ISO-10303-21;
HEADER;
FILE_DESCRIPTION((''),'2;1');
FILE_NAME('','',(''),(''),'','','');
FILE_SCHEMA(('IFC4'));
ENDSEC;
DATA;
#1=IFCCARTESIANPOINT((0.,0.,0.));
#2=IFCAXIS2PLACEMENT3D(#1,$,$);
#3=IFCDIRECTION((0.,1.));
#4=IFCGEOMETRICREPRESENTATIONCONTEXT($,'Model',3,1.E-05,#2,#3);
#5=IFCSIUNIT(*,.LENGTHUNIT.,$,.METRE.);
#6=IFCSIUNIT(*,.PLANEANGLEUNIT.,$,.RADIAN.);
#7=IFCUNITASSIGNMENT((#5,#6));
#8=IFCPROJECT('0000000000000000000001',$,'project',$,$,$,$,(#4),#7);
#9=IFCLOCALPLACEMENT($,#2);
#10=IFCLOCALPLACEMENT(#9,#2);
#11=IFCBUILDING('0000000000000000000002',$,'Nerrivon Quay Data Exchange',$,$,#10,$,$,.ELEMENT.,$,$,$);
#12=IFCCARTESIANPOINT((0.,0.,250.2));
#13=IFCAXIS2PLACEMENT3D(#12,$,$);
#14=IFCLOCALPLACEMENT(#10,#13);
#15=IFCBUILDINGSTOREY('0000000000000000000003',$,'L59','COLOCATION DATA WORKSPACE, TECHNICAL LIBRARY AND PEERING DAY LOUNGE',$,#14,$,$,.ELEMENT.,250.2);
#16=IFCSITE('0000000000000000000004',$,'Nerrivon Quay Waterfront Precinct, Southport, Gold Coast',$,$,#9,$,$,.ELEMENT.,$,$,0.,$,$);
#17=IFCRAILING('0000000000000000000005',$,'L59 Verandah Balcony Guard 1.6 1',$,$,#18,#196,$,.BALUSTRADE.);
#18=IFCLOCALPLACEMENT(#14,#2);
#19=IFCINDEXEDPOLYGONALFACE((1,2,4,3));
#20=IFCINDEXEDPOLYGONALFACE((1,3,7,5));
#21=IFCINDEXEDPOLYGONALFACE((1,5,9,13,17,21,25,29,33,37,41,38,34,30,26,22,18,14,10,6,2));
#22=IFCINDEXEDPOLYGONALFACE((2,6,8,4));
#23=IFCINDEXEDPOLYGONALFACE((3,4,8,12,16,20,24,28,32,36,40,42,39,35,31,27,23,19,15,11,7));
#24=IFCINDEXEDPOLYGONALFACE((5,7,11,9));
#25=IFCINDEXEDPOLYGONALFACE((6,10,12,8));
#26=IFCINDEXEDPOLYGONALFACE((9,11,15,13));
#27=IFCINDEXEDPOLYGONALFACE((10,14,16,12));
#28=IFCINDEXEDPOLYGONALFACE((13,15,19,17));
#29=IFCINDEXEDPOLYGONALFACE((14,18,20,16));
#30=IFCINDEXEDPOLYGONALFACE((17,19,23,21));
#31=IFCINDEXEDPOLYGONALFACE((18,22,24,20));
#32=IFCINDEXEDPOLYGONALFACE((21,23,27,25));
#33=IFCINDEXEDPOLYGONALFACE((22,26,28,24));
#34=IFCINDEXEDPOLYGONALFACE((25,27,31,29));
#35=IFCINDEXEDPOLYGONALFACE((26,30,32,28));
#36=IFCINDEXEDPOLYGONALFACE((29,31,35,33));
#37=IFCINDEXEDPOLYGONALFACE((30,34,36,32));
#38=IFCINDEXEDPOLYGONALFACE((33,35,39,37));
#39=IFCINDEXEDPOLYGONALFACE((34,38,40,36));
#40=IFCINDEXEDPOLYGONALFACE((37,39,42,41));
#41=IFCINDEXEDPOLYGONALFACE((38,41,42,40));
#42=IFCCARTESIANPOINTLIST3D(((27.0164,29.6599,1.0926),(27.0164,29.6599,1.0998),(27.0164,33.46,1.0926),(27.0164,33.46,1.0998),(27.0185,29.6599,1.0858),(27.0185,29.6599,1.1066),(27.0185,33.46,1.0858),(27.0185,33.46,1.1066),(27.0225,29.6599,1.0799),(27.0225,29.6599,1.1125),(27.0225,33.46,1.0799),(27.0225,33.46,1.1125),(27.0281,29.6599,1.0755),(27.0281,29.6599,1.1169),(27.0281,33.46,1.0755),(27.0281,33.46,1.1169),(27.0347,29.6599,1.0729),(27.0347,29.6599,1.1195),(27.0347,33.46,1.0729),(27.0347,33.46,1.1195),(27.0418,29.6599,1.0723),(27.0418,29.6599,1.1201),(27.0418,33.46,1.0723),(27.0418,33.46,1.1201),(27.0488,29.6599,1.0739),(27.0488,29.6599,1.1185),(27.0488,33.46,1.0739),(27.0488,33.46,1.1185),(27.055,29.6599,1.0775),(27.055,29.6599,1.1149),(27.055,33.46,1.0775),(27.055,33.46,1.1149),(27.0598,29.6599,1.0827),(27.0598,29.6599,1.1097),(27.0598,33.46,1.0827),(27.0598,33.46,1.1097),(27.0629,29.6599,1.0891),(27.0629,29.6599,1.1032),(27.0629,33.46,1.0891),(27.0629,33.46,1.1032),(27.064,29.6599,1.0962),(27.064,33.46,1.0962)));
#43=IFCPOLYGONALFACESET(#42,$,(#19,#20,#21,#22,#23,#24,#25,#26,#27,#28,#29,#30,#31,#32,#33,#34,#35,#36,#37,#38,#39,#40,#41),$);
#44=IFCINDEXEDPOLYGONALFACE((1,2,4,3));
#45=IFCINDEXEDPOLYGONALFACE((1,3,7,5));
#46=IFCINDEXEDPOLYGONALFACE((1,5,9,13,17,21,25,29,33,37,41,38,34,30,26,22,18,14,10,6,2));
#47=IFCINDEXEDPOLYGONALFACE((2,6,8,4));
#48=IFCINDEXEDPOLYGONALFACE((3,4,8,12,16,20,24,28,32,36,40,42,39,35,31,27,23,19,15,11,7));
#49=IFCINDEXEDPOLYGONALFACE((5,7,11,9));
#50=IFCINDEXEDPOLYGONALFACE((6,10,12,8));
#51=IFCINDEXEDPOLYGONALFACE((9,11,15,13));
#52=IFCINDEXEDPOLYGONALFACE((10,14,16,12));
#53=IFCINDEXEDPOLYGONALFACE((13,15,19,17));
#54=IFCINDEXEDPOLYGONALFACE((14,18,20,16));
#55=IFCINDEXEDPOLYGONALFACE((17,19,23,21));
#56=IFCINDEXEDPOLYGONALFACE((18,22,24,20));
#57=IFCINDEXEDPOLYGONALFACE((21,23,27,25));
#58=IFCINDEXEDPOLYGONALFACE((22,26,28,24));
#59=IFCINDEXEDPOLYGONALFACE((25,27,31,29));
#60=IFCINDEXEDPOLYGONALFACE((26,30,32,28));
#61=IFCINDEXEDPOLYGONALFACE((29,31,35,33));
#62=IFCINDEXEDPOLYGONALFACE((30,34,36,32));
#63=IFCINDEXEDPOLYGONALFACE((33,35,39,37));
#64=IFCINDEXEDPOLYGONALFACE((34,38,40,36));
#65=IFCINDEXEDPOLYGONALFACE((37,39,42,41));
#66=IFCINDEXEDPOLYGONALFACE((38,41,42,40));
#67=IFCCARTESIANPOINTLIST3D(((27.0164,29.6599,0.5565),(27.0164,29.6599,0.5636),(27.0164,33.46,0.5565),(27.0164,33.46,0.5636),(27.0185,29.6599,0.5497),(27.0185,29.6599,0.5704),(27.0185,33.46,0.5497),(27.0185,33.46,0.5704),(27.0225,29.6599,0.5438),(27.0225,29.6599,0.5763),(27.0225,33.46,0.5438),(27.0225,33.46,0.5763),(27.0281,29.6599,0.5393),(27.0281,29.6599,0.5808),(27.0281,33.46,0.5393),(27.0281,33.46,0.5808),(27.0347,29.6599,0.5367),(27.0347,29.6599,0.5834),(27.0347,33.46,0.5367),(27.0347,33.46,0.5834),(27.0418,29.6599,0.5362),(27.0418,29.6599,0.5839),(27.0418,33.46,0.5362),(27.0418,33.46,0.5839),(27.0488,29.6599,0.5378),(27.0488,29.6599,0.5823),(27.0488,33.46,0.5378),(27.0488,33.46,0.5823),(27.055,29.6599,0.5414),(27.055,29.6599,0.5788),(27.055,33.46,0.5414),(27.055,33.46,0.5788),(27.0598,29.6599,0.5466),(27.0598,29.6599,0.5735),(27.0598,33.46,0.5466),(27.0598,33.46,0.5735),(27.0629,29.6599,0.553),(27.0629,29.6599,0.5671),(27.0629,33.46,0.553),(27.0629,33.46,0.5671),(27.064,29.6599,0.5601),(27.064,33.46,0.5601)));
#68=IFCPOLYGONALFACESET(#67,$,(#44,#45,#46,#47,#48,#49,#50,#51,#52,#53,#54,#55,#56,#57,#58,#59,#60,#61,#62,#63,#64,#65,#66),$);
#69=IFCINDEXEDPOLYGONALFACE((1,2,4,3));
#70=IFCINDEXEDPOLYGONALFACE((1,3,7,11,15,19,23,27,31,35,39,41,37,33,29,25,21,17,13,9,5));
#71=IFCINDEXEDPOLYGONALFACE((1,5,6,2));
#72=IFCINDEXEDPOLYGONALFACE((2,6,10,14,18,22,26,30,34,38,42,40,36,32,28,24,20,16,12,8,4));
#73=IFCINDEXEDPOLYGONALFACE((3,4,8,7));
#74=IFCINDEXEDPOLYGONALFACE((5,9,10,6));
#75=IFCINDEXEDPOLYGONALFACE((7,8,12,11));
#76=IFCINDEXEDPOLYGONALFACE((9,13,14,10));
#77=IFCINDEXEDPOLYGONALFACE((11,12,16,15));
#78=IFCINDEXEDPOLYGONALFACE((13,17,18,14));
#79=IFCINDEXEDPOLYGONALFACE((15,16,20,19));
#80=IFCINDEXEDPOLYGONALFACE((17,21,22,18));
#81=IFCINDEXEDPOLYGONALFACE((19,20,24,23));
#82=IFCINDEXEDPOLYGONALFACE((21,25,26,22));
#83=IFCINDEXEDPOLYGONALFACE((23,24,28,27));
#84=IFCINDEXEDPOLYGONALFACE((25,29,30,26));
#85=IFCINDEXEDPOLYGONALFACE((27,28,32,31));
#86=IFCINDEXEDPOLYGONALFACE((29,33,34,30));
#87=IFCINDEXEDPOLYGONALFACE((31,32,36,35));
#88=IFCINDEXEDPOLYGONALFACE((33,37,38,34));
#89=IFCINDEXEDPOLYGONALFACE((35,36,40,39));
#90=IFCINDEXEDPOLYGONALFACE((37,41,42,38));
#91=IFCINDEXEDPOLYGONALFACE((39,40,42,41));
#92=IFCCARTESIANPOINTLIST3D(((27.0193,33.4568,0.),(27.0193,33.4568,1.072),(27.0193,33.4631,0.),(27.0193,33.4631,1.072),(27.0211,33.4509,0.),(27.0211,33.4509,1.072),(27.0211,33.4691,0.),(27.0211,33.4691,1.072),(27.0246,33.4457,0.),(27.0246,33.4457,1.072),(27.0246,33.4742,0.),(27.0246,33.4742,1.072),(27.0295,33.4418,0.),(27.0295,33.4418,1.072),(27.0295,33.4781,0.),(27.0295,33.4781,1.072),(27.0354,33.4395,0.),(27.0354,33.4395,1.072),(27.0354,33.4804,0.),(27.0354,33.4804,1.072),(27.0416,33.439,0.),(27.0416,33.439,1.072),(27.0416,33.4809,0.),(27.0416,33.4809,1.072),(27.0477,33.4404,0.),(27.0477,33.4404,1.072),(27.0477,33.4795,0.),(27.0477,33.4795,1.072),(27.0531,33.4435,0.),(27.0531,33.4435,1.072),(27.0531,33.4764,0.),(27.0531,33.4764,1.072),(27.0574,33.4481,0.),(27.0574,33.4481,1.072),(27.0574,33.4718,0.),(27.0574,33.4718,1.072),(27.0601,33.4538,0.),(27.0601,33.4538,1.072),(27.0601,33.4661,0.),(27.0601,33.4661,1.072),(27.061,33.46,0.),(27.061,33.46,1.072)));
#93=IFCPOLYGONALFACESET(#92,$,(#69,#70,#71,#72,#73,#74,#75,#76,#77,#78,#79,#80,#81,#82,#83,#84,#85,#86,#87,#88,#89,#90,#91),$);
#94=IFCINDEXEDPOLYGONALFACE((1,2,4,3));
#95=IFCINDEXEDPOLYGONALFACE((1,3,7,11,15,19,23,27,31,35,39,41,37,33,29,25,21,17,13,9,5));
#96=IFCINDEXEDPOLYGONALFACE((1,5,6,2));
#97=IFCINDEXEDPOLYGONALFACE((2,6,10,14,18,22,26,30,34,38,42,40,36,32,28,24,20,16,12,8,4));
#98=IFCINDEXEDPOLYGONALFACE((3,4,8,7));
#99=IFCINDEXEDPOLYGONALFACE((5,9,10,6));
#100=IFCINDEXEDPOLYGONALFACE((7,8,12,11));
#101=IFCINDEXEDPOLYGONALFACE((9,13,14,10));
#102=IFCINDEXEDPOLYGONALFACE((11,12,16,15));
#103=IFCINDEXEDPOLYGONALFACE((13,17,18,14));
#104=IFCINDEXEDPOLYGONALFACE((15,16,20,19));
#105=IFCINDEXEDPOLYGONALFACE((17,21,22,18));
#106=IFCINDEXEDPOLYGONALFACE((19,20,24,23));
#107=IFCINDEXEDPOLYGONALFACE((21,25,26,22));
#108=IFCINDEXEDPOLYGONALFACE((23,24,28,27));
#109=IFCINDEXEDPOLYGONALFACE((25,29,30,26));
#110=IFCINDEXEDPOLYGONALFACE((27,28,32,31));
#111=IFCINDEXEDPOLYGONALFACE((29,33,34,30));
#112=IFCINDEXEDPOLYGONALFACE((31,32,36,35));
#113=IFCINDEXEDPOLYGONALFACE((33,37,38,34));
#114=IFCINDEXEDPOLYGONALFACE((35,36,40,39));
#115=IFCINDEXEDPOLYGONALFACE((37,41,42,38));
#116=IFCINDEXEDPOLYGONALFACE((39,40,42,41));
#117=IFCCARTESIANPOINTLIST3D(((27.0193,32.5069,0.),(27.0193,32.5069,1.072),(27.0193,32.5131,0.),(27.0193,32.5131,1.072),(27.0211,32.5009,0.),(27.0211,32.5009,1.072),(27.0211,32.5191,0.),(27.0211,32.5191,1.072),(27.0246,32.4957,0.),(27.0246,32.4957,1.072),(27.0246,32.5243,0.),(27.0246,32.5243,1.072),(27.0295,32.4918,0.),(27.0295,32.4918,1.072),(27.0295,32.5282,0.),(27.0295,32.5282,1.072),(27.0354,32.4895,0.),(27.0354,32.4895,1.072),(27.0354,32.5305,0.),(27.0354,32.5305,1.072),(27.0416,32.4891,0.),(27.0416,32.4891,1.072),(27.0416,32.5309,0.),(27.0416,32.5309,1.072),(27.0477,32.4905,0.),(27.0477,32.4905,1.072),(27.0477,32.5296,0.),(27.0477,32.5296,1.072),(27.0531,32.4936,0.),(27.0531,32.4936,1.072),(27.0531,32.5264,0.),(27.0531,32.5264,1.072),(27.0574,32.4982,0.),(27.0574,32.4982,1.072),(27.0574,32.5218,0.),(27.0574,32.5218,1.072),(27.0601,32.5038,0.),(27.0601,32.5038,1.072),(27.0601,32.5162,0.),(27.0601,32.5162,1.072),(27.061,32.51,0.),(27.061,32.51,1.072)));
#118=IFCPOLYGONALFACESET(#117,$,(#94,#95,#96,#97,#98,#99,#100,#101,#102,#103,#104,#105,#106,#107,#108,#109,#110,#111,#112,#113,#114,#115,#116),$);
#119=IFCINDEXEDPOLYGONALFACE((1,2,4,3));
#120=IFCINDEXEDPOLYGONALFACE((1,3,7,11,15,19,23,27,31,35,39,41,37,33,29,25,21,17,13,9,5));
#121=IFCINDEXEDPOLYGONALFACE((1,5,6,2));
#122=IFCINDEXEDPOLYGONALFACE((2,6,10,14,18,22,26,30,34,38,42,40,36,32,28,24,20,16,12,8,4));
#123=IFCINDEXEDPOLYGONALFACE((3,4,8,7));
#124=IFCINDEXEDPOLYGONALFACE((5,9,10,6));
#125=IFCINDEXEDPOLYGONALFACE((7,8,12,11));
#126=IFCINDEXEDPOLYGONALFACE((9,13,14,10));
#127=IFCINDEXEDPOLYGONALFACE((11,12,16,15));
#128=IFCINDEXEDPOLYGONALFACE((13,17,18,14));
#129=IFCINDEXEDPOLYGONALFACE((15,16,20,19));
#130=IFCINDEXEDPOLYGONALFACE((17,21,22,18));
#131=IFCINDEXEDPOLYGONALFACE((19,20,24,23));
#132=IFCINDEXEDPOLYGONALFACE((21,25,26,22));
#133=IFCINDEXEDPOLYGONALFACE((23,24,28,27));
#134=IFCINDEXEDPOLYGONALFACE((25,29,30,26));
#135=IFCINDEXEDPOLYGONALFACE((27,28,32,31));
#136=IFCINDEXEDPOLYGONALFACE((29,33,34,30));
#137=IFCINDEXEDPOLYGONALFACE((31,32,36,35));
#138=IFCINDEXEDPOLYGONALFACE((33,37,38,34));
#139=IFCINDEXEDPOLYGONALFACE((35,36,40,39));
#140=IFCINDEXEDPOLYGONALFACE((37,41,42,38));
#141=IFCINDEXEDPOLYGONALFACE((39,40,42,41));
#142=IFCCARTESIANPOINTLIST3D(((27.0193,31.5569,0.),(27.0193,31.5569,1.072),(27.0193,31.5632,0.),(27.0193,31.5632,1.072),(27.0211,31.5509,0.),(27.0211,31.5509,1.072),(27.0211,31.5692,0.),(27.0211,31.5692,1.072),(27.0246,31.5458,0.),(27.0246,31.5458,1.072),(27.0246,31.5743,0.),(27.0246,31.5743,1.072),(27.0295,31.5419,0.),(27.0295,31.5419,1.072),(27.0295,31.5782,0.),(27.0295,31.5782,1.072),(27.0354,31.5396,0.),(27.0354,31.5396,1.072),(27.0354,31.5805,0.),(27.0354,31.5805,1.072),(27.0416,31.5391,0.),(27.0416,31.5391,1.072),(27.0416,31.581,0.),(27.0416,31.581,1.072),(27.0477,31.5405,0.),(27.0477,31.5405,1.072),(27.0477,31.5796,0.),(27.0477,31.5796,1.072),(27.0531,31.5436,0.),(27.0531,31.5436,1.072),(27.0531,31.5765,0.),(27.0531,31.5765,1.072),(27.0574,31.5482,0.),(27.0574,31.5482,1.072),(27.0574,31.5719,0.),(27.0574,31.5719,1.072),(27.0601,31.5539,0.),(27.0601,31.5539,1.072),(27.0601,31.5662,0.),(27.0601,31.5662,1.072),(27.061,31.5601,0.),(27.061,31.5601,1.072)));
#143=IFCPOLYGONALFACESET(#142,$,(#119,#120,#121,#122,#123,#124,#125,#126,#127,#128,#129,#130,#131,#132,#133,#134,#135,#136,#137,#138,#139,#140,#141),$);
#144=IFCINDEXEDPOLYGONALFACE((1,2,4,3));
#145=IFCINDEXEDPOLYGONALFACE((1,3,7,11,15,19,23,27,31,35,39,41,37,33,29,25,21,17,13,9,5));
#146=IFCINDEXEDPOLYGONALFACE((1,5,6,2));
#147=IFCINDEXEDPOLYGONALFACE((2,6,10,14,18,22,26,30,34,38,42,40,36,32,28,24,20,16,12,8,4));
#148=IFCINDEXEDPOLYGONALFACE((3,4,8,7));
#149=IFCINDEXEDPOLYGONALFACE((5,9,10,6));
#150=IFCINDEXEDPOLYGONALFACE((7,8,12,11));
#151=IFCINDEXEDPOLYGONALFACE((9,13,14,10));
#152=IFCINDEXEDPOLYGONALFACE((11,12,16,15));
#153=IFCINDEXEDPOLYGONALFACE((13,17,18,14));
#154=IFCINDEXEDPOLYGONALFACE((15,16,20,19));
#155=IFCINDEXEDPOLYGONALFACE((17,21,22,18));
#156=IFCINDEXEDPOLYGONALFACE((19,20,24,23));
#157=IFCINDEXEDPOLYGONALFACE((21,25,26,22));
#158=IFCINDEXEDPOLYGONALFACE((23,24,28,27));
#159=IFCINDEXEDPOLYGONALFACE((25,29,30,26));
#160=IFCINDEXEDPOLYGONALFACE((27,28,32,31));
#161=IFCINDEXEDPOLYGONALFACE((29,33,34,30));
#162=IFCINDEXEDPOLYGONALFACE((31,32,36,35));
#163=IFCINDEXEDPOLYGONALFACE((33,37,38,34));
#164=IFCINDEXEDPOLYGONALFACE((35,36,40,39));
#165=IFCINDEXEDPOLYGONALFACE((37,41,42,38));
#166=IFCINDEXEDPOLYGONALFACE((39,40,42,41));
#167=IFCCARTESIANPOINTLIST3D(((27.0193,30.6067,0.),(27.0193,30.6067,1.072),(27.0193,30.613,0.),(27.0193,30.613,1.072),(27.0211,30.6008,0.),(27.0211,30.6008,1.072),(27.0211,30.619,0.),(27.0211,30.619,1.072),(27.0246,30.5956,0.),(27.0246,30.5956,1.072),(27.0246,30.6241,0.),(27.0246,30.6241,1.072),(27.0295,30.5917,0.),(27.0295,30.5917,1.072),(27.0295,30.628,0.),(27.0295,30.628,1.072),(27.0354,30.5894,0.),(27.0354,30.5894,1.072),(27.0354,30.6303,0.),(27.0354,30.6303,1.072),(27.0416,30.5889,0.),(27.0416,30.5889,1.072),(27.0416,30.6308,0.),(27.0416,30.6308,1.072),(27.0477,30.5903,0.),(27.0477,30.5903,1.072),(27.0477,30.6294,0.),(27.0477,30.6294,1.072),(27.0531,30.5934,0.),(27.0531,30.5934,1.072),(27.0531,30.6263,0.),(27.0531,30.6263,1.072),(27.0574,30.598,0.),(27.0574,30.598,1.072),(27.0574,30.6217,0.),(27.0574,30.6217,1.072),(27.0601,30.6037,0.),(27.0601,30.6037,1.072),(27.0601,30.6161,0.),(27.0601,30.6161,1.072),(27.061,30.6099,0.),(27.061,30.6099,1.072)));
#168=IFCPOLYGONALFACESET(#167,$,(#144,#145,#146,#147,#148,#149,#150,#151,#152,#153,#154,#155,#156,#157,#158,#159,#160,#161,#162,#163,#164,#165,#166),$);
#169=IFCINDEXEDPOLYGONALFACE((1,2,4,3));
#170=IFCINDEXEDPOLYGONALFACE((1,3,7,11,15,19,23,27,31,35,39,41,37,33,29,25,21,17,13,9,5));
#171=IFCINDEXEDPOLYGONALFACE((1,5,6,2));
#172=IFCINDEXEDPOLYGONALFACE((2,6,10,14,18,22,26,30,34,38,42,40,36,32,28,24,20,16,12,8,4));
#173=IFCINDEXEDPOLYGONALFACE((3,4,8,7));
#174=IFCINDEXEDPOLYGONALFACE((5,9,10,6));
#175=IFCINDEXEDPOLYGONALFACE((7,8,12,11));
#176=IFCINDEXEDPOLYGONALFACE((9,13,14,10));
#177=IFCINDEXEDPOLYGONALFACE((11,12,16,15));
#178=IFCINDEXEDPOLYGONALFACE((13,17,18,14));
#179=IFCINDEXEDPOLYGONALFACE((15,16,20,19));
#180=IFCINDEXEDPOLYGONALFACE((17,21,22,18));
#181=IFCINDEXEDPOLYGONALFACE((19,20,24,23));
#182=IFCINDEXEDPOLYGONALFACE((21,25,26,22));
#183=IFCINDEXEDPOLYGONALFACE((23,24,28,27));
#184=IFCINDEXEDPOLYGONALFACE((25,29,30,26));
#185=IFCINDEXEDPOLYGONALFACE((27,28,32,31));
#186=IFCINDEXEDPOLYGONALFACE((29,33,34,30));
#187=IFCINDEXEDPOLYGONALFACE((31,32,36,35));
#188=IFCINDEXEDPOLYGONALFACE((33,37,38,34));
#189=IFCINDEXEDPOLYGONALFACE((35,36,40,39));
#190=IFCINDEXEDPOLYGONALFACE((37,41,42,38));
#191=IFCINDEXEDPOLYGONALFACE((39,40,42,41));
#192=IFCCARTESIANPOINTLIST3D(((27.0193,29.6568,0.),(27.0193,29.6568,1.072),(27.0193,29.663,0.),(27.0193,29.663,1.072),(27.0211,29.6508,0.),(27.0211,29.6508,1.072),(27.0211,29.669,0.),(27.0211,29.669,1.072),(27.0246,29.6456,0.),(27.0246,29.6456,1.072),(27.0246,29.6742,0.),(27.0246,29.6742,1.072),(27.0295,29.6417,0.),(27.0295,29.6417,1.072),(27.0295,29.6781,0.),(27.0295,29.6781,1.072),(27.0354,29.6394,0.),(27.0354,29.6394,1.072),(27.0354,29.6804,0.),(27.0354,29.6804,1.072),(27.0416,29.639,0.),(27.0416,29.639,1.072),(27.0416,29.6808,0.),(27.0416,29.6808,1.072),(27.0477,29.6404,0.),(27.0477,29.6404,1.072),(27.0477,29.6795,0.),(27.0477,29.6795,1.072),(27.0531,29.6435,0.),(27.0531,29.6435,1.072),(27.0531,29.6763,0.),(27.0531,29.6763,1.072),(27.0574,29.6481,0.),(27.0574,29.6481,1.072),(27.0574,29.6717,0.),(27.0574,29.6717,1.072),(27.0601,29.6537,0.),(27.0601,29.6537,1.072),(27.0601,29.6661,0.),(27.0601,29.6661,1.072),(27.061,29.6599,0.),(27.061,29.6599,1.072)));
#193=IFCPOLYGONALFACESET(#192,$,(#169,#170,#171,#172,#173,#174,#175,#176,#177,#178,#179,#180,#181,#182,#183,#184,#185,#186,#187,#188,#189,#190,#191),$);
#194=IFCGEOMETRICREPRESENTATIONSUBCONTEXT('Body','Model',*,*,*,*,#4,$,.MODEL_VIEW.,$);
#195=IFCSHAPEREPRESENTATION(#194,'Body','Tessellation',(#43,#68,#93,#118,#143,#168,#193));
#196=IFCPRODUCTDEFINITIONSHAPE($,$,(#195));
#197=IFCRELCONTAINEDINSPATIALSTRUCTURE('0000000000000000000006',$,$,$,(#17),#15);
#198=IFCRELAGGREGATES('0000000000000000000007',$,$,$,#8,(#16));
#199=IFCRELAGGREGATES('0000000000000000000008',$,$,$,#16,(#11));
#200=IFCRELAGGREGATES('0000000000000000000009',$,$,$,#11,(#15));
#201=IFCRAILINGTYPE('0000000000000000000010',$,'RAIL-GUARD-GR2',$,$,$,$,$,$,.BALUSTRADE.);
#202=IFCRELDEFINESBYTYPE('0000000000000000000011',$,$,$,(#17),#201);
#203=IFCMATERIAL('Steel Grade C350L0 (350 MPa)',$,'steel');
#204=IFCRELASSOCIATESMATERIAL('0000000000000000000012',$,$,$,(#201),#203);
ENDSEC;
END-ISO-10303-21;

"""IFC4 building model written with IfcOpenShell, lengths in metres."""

from ifc_helpers import new_model, si_unit, direction, frame, origin, origin_2d, place, context, subcontext, project, spatial, circle, extrude, material, type_object, element, save


model = new_model("IFC4")

# Units and contexts
model_context = context("Model", 3, precision=1e-05, world=origin(), true_north=direction((0.0, 1.0)))
body_context = subcontext(model_context, "Body", "Model", "MODEL_VIEW")
ifc_project = project(units=[si_unit("LENGTHUNIT", "METRE"), si_unit("PLANEANGLEUNIT", "RADIAN")], contexts=[model_context])

# Site, building, storey
site_placement = place(None, origin())
site = spatial("IfcSite", under=ifc_project, at=site_placement, Name="Nerrivon Quay Waterfront Precinct, Southport, Gold Coast", CompositionType="ELEMENT", RefElevation=0.0)
building_placement = place(site_placement, origin())
building = spatial("IfcBuilding", under=site, at=building_placement, Name="Nerrivon Quay Data Exchange", CompositionType="ELEMENT")
storey_placement = place(building_placement, frame((0.0, 0.0, 250.2)))
storey = spatial("IfcBuildingStorey", under=building, at=storey_placement, Name="L59", Description="COLOCATION DATA WORKSPACE, TECHNICAL LIBRARY AND PEERING DAY LOUNGE", CompositionType="ELEMENT", Elevation=250.2)

# Shared definitions
ifc_material_1 = material(Name="Steel Grade C350L0 (350 MPa)", Category="steel")

# Railing
railing_type = type_object("IfcRailingType", Name="RAIL-GUARD-GR2", PredefinedType="BALUSTRADE", material=ifc_material_1)
railing_1_placement = place(storey_placement, frame((27.04, 33.46, 0.0)))
element("IfcRailing", 1, at=railing_1_placement, inside=storey, type_object=railing_type, Name="L59 Verandah Balcony Guard 1.6 1", PredefinedType="BALUSTRADE", context=body_context, shape_type="SweptSolid", body=[
    extrude(circle(Radius=0.0239, at=origin_2d()), frame((0.0, 0.0, 1.0962), z_axis=(0.0, -1.0, 0.0), x_axis=(1.0, 0.0, 0.0)), (0.0, 0.0, 1.0), 3.8),
    extrude(circle(Radius=0.0239, at=origin_2d()), frame((0.0, 0.0, 0.5601), z_axis=(0.0, -1.0, 0.0), x_axis=(1.0, 0.0, 0.0)), (0.0, 0.0, 1.0), 3.8),
    extrude(circle(Radius=0.021, at=origin_2d()), origin(), (0.0, 0.0, 1.0), 1.072),
    extrude(circle(Radius=0.021, at=origin_2d()), frame((0.0, -0.95, 0.0)), (0.0, 0.0, 1.0), 1.072),
    extrude(circle(Radius=0.021, at=origin_2d()), frame((0.0, -1.8999, 0.0)), (0.0, 0.0, 1.0), 1.072),
    extrude(circle(Radius=0.021, at=origin_2d()), frame((0.0, -2.8501, 0.0)), (0.0, 0.0, 1.0), 1.072),
    extrude(circle(Radius=0.021, at=origin_2d()), frame((0.0, -3.8, 0.0)), (0.0, 0.0, 1.0), 1.072),
])

save(model, "model.ifc")
